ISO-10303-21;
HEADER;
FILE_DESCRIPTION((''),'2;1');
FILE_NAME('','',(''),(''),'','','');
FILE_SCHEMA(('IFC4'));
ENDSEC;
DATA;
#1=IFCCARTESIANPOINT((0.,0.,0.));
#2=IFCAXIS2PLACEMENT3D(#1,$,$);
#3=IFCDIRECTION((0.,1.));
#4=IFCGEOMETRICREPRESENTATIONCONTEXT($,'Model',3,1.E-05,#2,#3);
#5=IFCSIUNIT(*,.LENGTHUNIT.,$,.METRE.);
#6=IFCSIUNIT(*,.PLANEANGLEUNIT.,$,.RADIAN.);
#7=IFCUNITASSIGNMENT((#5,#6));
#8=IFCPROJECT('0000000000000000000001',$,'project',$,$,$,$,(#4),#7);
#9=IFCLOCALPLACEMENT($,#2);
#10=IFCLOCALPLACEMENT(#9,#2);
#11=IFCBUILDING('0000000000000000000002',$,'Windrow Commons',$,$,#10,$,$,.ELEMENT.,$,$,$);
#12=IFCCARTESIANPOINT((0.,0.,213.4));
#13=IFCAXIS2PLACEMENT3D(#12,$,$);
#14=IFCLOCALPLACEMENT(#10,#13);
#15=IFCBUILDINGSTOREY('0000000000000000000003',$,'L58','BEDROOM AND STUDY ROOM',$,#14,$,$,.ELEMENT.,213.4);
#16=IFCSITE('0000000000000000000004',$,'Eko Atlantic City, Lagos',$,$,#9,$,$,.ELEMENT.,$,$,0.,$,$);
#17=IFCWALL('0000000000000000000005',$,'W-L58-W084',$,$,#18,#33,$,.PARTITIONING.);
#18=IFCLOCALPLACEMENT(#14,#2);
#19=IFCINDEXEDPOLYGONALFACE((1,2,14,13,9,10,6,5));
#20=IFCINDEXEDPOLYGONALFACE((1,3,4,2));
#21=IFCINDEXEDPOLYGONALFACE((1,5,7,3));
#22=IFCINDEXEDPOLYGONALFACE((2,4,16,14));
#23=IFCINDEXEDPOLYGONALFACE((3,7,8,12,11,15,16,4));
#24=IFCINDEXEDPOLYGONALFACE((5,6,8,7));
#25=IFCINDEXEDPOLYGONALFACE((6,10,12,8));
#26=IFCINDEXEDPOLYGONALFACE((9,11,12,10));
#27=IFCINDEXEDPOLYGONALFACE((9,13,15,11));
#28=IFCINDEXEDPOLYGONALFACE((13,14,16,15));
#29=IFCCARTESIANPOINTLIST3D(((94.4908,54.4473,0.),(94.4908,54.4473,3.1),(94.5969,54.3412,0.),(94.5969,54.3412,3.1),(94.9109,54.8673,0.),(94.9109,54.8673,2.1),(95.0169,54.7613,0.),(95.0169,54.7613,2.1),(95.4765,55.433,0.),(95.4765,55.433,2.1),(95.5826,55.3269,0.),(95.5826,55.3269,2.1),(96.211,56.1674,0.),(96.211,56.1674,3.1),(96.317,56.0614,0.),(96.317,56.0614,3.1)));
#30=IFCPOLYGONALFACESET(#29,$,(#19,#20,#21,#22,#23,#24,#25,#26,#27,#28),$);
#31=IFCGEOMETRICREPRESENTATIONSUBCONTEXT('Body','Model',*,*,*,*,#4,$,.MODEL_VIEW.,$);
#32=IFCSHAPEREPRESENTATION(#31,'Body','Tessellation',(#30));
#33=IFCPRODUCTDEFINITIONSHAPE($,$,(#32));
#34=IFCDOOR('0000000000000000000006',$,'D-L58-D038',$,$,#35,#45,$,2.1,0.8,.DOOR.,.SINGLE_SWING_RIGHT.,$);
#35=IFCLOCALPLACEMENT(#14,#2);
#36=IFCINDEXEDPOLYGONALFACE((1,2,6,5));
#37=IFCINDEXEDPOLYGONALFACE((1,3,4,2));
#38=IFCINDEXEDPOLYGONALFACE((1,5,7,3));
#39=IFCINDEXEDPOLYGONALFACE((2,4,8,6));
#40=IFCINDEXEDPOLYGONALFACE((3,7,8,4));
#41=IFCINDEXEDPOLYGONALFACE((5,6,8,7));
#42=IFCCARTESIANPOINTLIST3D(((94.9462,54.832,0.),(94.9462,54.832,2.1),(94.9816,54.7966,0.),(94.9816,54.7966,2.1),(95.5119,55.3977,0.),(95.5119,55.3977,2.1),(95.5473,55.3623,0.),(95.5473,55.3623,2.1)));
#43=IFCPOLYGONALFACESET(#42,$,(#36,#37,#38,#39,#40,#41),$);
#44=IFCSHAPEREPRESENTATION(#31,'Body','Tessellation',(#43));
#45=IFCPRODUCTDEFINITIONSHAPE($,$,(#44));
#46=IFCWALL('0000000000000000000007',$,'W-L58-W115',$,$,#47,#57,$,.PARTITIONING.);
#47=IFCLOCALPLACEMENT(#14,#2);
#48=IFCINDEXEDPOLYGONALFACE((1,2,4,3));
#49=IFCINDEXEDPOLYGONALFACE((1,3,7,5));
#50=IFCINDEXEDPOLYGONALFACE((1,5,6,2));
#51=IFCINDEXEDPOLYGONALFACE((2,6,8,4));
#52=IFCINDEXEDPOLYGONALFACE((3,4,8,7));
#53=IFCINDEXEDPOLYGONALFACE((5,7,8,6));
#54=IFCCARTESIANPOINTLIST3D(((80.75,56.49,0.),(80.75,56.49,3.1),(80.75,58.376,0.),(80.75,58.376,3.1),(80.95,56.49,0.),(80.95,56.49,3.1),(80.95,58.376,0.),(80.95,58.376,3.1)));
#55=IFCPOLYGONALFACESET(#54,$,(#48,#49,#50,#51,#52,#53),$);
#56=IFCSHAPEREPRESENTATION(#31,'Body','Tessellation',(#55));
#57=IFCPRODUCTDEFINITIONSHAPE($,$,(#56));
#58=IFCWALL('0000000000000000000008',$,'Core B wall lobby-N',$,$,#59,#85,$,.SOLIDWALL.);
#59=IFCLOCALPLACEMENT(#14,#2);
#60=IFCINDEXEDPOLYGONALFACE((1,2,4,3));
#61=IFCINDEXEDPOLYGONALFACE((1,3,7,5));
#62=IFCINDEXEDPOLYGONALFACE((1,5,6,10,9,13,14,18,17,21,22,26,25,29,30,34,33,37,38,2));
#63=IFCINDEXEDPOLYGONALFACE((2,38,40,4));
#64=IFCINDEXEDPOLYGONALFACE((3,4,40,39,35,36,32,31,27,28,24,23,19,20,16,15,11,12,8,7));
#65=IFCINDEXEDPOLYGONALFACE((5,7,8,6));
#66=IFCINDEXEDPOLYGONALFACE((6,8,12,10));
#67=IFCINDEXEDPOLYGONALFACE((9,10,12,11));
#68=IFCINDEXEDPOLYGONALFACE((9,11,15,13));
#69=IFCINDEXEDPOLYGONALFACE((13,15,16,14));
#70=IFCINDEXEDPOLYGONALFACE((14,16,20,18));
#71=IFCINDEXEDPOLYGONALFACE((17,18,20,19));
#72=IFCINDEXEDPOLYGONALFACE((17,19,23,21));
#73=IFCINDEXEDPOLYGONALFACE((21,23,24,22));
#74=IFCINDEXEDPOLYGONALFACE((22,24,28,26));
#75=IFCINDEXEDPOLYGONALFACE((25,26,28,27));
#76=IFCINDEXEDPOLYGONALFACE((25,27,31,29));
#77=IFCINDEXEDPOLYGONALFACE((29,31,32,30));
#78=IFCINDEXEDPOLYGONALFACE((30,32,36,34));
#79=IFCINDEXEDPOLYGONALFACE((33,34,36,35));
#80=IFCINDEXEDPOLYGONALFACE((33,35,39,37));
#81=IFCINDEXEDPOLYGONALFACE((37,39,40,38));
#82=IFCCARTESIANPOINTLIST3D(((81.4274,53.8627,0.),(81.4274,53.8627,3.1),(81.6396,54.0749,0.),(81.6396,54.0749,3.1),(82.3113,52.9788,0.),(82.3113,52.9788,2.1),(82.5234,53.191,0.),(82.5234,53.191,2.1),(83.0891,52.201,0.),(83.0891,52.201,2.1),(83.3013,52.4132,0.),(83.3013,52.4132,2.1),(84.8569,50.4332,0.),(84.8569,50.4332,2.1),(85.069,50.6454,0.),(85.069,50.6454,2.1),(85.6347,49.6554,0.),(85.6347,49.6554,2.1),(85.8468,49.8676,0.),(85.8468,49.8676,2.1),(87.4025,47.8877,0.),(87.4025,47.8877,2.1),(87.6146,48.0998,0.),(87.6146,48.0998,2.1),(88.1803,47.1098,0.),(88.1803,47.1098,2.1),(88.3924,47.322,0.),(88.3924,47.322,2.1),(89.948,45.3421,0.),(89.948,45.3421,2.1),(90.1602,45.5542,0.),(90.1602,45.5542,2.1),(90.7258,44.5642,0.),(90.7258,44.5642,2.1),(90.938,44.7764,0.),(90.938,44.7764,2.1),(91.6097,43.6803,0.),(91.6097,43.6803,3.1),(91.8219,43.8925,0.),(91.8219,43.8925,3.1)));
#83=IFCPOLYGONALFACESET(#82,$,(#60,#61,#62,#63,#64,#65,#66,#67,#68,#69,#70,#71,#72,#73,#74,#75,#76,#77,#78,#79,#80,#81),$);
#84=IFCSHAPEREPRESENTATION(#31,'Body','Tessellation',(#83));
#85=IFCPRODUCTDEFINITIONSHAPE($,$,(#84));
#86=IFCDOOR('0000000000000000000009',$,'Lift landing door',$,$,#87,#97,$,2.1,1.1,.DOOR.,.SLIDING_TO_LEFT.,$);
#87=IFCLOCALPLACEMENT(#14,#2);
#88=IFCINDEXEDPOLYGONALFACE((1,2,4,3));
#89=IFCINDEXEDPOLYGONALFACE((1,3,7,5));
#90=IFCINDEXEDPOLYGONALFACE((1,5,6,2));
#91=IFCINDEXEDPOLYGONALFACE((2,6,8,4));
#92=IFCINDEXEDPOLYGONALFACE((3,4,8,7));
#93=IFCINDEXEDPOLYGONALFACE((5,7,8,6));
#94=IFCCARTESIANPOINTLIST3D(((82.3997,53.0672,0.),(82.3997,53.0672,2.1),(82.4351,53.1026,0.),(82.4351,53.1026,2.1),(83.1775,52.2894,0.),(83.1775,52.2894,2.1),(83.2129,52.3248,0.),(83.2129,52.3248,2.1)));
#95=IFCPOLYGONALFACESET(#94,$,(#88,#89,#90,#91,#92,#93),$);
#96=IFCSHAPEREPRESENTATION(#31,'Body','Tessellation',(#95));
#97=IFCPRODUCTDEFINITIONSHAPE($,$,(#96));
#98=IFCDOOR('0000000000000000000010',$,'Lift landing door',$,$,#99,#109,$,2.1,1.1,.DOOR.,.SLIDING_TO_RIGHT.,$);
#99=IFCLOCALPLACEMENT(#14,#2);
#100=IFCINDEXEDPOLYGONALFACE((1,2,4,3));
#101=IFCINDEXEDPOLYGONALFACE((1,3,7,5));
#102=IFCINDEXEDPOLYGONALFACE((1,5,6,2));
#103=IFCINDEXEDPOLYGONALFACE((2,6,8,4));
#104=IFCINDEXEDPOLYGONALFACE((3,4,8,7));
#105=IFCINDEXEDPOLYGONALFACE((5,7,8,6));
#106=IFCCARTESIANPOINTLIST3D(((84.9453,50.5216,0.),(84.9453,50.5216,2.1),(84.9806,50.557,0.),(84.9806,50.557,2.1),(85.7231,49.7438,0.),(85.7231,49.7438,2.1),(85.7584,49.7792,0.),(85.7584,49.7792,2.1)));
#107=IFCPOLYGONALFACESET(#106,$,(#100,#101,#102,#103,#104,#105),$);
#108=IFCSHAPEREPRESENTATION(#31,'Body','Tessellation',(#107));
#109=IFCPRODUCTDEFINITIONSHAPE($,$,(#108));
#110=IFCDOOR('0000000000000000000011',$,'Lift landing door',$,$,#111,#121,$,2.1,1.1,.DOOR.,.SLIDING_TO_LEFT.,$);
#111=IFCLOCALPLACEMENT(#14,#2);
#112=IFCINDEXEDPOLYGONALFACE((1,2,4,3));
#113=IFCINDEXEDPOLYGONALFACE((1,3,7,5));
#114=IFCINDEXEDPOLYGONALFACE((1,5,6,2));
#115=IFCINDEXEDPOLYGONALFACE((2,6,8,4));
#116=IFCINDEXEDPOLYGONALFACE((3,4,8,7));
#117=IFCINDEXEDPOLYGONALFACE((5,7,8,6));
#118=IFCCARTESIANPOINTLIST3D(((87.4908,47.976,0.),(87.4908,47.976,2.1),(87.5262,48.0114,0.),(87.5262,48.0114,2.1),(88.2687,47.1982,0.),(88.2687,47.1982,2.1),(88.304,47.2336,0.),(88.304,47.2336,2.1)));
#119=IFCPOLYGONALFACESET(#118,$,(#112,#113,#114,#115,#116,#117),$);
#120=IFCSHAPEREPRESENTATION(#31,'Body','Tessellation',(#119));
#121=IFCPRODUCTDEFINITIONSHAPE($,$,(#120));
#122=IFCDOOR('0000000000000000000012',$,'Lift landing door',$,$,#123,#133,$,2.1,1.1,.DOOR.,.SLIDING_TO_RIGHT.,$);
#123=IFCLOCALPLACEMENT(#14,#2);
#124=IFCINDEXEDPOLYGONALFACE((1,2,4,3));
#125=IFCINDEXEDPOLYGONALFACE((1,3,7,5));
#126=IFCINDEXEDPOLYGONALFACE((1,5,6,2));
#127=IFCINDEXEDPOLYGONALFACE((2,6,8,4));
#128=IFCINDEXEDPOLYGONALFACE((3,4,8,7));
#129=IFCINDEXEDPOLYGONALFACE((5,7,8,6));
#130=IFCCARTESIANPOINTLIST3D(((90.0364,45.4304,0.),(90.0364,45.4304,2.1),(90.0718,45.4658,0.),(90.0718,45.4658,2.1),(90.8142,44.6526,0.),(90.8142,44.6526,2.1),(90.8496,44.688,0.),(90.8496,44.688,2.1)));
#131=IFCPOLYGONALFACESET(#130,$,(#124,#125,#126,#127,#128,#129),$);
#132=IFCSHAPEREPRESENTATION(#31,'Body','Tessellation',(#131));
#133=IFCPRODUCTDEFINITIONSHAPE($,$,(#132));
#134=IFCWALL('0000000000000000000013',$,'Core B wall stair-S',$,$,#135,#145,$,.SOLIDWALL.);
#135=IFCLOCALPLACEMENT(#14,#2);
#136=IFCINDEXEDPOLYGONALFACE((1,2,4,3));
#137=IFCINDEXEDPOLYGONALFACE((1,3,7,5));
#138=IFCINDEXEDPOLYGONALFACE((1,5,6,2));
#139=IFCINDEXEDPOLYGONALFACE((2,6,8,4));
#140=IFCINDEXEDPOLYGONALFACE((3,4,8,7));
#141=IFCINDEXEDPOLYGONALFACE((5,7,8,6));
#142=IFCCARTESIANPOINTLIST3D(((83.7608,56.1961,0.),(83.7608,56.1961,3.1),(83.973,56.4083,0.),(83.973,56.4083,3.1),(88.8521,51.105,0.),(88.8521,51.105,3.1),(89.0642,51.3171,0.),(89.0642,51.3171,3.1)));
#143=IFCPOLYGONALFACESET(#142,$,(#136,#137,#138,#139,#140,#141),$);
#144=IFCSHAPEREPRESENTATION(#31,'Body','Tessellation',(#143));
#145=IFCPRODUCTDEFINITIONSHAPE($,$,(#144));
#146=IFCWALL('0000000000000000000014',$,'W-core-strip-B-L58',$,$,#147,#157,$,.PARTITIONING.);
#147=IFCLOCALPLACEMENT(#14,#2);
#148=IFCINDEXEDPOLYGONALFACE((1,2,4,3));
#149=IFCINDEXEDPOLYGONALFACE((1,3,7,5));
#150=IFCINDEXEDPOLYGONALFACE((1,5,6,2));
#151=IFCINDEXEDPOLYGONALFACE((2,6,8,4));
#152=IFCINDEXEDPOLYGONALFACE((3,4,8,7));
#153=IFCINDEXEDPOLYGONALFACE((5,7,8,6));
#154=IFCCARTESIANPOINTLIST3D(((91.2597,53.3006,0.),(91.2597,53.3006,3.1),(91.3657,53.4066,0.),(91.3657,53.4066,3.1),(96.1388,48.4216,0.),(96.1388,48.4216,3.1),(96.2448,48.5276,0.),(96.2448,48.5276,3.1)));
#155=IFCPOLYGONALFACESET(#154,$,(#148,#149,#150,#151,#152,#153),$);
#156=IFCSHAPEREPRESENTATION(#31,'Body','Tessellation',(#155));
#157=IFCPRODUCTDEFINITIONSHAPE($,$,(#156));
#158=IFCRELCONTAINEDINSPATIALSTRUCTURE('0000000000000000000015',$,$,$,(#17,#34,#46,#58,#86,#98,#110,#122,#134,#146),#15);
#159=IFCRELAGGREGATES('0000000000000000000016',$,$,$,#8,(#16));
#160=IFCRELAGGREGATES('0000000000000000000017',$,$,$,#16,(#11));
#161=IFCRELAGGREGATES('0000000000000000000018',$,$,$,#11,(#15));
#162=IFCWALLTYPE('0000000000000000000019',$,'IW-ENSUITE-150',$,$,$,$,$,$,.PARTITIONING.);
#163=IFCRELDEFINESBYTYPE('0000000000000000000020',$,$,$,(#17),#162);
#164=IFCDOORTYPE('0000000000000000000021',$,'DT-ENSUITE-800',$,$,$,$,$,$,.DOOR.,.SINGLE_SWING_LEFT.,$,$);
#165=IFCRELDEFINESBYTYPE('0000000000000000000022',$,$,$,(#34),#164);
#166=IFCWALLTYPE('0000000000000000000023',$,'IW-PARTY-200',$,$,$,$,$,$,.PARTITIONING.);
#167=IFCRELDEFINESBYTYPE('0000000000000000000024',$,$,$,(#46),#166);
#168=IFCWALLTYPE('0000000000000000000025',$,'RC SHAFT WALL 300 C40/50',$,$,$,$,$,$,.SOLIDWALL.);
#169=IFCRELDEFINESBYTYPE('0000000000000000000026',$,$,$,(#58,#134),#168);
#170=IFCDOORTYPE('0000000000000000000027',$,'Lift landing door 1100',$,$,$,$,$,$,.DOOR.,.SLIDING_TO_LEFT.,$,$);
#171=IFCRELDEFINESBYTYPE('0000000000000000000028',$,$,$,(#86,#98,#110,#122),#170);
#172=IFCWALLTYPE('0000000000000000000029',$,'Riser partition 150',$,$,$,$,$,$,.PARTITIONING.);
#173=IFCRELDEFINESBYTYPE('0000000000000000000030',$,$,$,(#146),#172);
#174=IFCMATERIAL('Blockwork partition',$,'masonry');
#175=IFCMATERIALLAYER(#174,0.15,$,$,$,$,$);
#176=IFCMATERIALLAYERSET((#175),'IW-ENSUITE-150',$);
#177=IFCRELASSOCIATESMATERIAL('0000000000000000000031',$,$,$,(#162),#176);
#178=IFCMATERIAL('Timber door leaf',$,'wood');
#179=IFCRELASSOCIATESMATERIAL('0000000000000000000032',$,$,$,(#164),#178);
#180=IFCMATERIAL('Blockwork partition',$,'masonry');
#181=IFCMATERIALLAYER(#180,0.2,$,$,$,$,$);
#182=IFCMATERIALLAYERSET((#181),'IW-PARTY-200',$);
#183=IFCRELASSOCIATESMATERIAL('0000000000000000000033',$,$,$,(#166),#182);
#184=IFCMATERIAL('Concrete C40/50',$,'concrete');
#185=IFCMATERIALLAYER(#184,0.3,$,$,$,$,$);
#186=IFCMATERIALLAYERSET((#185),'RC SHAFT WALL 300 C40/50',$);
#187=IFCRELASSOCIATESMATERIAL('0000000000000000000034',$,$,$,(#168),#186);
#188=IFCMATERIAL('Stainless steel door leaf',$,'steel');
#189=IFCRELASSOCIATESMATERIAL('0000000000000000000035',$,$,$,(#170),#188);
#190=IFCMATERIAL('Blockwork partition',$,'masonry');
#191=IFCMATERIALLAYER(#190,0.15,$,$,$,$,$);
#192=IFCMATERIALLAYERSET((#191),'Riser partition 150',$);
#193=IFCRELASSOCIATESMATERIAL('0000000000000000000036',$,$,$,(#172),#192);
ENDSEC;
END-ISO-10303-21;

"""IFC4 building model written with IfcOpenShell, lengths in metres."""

from ifc_helpers import new_model, si_unit, direction, frame, frame_2d, origin, place, context, subcontext, project, spatial, rectangle, extrude, material, layer, layer_set, type_object, element, fill, save


model = new_model("IFC4")

# Units and contexts
model_context = context("Model", 3, precision=1e-05, world=origin(), true_north=direction((0.0, 1.0)))
body_context = subcontext(model_context, "Body", "Model", "MODEL_VIEW")
ifc_project = project(units=[si_unit("LENGTHUNIT", "METRE"), si_unit("PLANEANGLEUNIT", "RADIAN")], contexts=[model_context])

# Site, building, storey
site_placement = place(None, origin())
site = spatial("IfcSite", under=ifc_project, at=site_placement, Name="Eko Atlantic City, Lagos", CompositionType="ELEMENT", RefElevation=0.0)
building_placement = place(site_placement, origin())
building = spatial("IfcBuilding", under=site, at=building_placement, Name="Windrow Commons", CompositionType="ELEMENT")
storey_placement = place(building_placement, frame((0.0, 0.0, 213.4)))
storey = spatial("IfcBuildingStorey", under=building, at=storey_placement, Name="L58", Description="BEDROOM AND STUDY ROOM", CompositionType="ELEMENT", Elevation=213.4)

# Shared definitions
ifc_material_1 = material(Name="Blockwork partition", Category="masonry")
ifc_layer_1 = layer(ifc_material_1, 0.15)
ifc_layer_set_1 = layer_set([ifc_layer_1], Name="IW-ENSUITE-150")
wall_type_1 = type_object("IfcWallType", Name="IW-ENSUITE-150", PredefinedType="PARTITIONING", material=ifc_layer_set_1)

# Wall, opening, door
wall_1_placement = place(storey_placement, frame((94.5438, 54.3942, 0.0), z_axis=(0.0, 0.0, 1.0), x_axis=(0.707107, 0.707107, 0.0)))
wall_1 = element("IfcWall", 1, at=wall_1_placement, inside=storey, type_object=wall_type_1, Name="W-L58-W084", PredefinedType="PARTITIONING", context=body_context, shape_type="SweptSolid", body=[
    extrude(rectangle(XDim=2.4327, YDim=0.15, at=frame_2d((1.2164, 0.0))), origin(), (0.0, 0.0, 1.0), 3.1),
])
opening_1_placement = place(wall_1_placement, frame((0.5941, 0.0, 0.0)))
opening_1 = element("IfcOpeningElement", 2, at=opening_1_placement, cuts=wall_1, PredefinedType="OPENING", context=body_context, shape_type="SweptSolid", body=[
    extrude(rectangle(XDim=0.8, YDim=2.1, at=frame_2d((0.4, 1.05))), frame((0.0, 0.085, 0.0), z_axis=(0.0, -1.0, 0.0), x_axis=(1.0, 0.0, 0.0)), (0.0, 0.0, 1.0), 0.17),
])
ifc_material_2 = material(Name="Timber door leaf", Category="wood")
door_type_1 = type_object("IfcDoorType", Name="DT-ENSUITE-800", OperationType="SINGLE_SWING_LEFT", PredefinedType="DOOR", material=ifc_material_2)
door_1_placement = place(opening_1_placement, origin())
door_1 = element("IfcDoor", 3, at=door_1_placement, inside=storey, type_object=door_type_1, Name="D-L58-D038", OperationType="SINGLE_SWING_RIGHT", OverallHeight=2.1, OverallWidth=0.8, PredefinedType="DOOR", context=body_context, shape_type="SweptSolid", body=[
    extrude(rectangle(XDim=0.8, YDim=2.1, at=frame_2d((0.4, 1.05))), frame((0.0, 0.025, 0.0), z_axis=(0.0, -1.0, 0.0), x_axis=(1.0, 0.0, 0.0)), (0.0, 0.0, 1.0), 0.05),
])
fill(opening_1, door_1)

# Wall
ifc_material_3 = material(Name="Blockwork partition", Category="masonry")
ifc_layer_2 = layer(ifc_material_3, 0.2)
ifc_layer_set_2 = layer_set([ifc_layer_2], Name="IW-PARTY-200")
wall_type_2 = type_object("IfcWallType", Name="IW-PARTY-200", PredefinedType="PARTITIONING", material=ifc_layer_set_2)
wall_2_placement = place(storey_placement, frame((80.85, 56.49, 0.0), z_axis=(0.0, 0.0, 1.0), x_axis=(0.0, 1.0, 0.0)))
element("IfcWall", 4, at=wall_2_placement, inside=storey, type_object=wall_type_2, Name="W-L58-W115", PredefinedType="PARTITIONING", context=body_context, shape_type="SweptSolid", body=[
    extrude(rectangle(XDim=1.886, YDim=0.2, at=frame_2d((0.943, 0.0))), origin(), (0.0, 0.0, 1.0), 3.1),
])

# Wall, openings, doors
ifc_material_4 = material(Name="Concrete C40/50", Category="concrete")
ifc_layer_3 = layer(ifc_material_4, 0.3)
ifc_layer_set_3 = layer_set([ifc_layer_3], Name="RC SHAFT WALL 300 C40/50")
wall_type_3 = type_object("IfcWallType", Name="RC SHAFT WALL 300 C40/50", PredefinedType="SOLIDWALL", material=ifc_layer_set_3)
wall_3_placement = place(storey_placement, frame((81.5335, 53.9688, 0.0), z_axis=(0.0, 0.0, 1.0), x_axis=(0.707103, -0.70711, 0.0)))
wall_3 = element("IfcWall", 5, at=wall_3_placement, inside=storey, type_object=wall_type_3, Name="Core B wall lobby-N", PredefinedType="SOLIDWALL", context=body_context, shape_type="SweptSolid", body=[
    extrude(rectangle(XDim=14.4, YDim=0.3, at=frame_2d((7.2, 0.0))), origin(), (0.0, 0.0, 1.0), 3.1),
])
opening_2_placement = place(wall_3_placement, frame((1.25, 0.0, 0.0)))
opening_2 = element("IfcOpeningElement", 6, at=opening_2_placement, cuts=wall_3, PredefinedType="OPENING", context=body_context, shape_type="SweptSolid", body=[
    extrude(rectangle(XDim=1.1, YDim=2.1, at=frame_2d((0.55, 1.05))), frame((0.0, 0.16, 0.0), z_axis=(0.0, -1.0, 0.0), x_axis=(1.0, 0.0, 0.0)), (0.0, 0.0, 1.0), 0.32),
])
opening_3_placement = place(wall_3_placement, frame((4.85, 0.0, 0.0)))
opening_3 = element("IfcOpeningElement", 7, at=opening_3_placement, cuts=wall_3, PredefinedType="OPENING", context=body_context, shape_type="SweptSolid", body=[
    extrude(rectangle(XDim=1.1, YDim=2.1, at=frame_2d((0.55, 1.05))), frame((0.0, 0.16, 0.0), z_axis=(0.0, -1.0, 0.0), x_axis=(1.0, 0.0, 0.0)), (0.0, 0.0, 1.0), 0.32),
])
opening_4_placement = place(wall_3_placement, frame((8.45, 0.0, 0.0)))
opening_4 = element("IfcOpeningElement", 8, at=opening_4_placement, cuts=wall_3, PredefinedType="OPENING", context=body_context, shape_type="SweptSolid", body=[
    extrude(rectangle(XDim=1.1, YDim=2.1, at=frame_2d((0.55, 1.05))), frame((0.0, 0.16, 0.0), z_axis=(0.0, -1.0, 0.0), x_axis=(1.0, 0.0, 0.0)), (0.0, 0.0, 1.0), 0.32),
])
opening_5_placement = place(wall_3_placement, frame((12.05, 0.0, 0.0)))
opening_5 = element("IfcOpeningElement", 9, at=opening_5_placement, cuts=wall_3, PredefinedType="OPENING", context=body_context, shape_type="SweptSolid", body=[
    extrude(rectangle(XDim=1.1, YDim=2.1, at=frame_2d((0.55, 1.05))), frame((0.0, 0.16, 0.0), z_axis=(0.0, -1.0, 0.0), x_axis=(1.0, 0.0, 0.0)), (0.0, 0.0, 1.0), 0.32),
])
ifc_material_5 = material(Name="Stainless steel door leaf", Category="steel")
door_type_2 = type_object("IfcDoorType", Name="Lift landing door 1100", OperationType="SLIDING_TO_LEFT", PredefinedType="DOOR", material=ifc_material_5)
door_2_placement = place(opening_2_placement, origin())
door_2 = element("IfcDoor", 10, at=door_2_placement, inside=storey, type_object=door_type_2, Name="Lift landing door", OperationType="SLIDING_TO_LEFT", OverallHeight=2.1, OverallWidth=1.1, PredefinedType="DOOR", context=body_context, shape_type="SweptSolid", body=[
    extrude(rectangle(XDim=1.1, YDim=2.1, at=frame_2d((0.55, 1.05))), frame((0.0, 0.025, 0.0), z_axis=(0.0, -1.0, 0.0), x_axis=(1.0, 0.0, 0.0)), (0.0, 0.0, 1.0), 0.05),
])
fill(opening_2, door_2)
door_3_placement = place(opening_3_placement, origin())
door_3 = element("IfcDoor", 11, at=door_3_placement, inside=storey, type_object=door_type_2, Name="Lift landing door", OperationType="SLIDING_TO_RIGHT", OverallHeight=2.1, OverallWidth=1.1, PredefinedType="DOOR", context=body_context, shape_type="SweptSolid", body=[
    extrude(rectangle(XDim=1.1, YDim=2.1, at=frame_2d((0.55, 1.05))), frame((0.0, 0.025, 0.0), z_axis=(0.0, -1.0, 0.0), x_axis=(1.0, 0.0, 0.0)), (0.0, 0.0, 1.0), 0.05),
])
fill(opening_3, door_3)
door_4_placement = place(opening_4_placement, origin())
door_4 = element("IfcDoor", 12, at=door_4_placement, inside=storey, type_object=door_type_2, Name="Lift landing door", OperationType="SLIDING_TO_LEFT", OverallHeight=2.1, OverallWidth=1.1, PredefinedType="DOOR", context=body_context, shape_type="SweptSolid", body=[
    extrude(rectangle(XDim=1.1, YDim=2.1, at=frame_2d((0.55, 1.05))), frame((0.0, 0.025, 0.0), z_axis=(0.0, -1.0, 0.0), x_axis=(1.0, 0.0, 0.0)), (0.0, 0.0, 1.0), 0.05),
])
fill(opening_4, door_4)
door_5_placement = place(opening_5_placement, origin())
door_5 = element("IfcDoor", 13, at=door_5_placement, inside=storey, type_object=door_type_2, Name="Lift landing door", OperationType="SLIDING_TO_RIGHT", OverallHeight=2.1, OverallWidth=1.1, PredefinedType="DOOR", context=body_context, shape_type="SweptSolid", body=[
    extrude(rectangle(XDim=1.1, YDim=2.1, at=frame_2d((0.55, 1.05))), frame((0.0, 0.025, 0.0), z_axis=(0.0, -1.0, 0.0), x_axis=(1.0, 0.0, 0.0)), (0.0, 0.0, 1.0), 0.05),
])
fill(opening_5, door_5)

# Walls
wall_4_placement = place(storey_placement, frame((83.8669, 56.3022, 0.0), z_axis=(0.0, 0.0, 1.0), x_axis=(0.707114, -0.7071, 0.0)))
element("IfcWall", 14, at=wall_4_placement, inside=storey, type_object=wall_type_3, Name="Core B wall stair-S", PredefinedType="SOLIDWALL", context=body_context, shape_type="SweptSolid", body=[
    extrude(rectangle(XDim=7.2, YDim=0.3, at=frame_2d((3.6, 0.0))), origin(), (0.0, 0.0, 1.0), 3.1),
])
ifc_material_6 = material(Name="Blockwork partition", Category="masonry")
ifc_layer_4 = layer(ifc_material_6, 0.15)
ifc_layer_set_4 = layer_set([ifc_layer_4], Name="Riser partition 150")
wall_type_4 = type_object("IfcWallType", Name="Riser partition 150", PredefinedType="PARTITIONING", material=ifc_layer_set_4)
wall_5_placement = place(storey_placement, frame((91.3127, 53.3536, 0.0), z_axis=(0.0, 0.0, 1.0), x_axis=(0.707114, -0.7071, 0.0)))
element("IfcWall", 15, at=wall_5_placement, inside=storey, type_object=wall_type_4, Name="W-core-strip-B-L58", PredefinedType="PARTITIONING", context=body_context, shape_type="SweptSolid", body=[
    extrude(rectangle(XDim=6.9, YDim=0.15, at=frame_2d((3.45, 0.0))), origin(), (0.0, 0.0, 1.0), 3.1),
])

save(model, "model.ifc")
